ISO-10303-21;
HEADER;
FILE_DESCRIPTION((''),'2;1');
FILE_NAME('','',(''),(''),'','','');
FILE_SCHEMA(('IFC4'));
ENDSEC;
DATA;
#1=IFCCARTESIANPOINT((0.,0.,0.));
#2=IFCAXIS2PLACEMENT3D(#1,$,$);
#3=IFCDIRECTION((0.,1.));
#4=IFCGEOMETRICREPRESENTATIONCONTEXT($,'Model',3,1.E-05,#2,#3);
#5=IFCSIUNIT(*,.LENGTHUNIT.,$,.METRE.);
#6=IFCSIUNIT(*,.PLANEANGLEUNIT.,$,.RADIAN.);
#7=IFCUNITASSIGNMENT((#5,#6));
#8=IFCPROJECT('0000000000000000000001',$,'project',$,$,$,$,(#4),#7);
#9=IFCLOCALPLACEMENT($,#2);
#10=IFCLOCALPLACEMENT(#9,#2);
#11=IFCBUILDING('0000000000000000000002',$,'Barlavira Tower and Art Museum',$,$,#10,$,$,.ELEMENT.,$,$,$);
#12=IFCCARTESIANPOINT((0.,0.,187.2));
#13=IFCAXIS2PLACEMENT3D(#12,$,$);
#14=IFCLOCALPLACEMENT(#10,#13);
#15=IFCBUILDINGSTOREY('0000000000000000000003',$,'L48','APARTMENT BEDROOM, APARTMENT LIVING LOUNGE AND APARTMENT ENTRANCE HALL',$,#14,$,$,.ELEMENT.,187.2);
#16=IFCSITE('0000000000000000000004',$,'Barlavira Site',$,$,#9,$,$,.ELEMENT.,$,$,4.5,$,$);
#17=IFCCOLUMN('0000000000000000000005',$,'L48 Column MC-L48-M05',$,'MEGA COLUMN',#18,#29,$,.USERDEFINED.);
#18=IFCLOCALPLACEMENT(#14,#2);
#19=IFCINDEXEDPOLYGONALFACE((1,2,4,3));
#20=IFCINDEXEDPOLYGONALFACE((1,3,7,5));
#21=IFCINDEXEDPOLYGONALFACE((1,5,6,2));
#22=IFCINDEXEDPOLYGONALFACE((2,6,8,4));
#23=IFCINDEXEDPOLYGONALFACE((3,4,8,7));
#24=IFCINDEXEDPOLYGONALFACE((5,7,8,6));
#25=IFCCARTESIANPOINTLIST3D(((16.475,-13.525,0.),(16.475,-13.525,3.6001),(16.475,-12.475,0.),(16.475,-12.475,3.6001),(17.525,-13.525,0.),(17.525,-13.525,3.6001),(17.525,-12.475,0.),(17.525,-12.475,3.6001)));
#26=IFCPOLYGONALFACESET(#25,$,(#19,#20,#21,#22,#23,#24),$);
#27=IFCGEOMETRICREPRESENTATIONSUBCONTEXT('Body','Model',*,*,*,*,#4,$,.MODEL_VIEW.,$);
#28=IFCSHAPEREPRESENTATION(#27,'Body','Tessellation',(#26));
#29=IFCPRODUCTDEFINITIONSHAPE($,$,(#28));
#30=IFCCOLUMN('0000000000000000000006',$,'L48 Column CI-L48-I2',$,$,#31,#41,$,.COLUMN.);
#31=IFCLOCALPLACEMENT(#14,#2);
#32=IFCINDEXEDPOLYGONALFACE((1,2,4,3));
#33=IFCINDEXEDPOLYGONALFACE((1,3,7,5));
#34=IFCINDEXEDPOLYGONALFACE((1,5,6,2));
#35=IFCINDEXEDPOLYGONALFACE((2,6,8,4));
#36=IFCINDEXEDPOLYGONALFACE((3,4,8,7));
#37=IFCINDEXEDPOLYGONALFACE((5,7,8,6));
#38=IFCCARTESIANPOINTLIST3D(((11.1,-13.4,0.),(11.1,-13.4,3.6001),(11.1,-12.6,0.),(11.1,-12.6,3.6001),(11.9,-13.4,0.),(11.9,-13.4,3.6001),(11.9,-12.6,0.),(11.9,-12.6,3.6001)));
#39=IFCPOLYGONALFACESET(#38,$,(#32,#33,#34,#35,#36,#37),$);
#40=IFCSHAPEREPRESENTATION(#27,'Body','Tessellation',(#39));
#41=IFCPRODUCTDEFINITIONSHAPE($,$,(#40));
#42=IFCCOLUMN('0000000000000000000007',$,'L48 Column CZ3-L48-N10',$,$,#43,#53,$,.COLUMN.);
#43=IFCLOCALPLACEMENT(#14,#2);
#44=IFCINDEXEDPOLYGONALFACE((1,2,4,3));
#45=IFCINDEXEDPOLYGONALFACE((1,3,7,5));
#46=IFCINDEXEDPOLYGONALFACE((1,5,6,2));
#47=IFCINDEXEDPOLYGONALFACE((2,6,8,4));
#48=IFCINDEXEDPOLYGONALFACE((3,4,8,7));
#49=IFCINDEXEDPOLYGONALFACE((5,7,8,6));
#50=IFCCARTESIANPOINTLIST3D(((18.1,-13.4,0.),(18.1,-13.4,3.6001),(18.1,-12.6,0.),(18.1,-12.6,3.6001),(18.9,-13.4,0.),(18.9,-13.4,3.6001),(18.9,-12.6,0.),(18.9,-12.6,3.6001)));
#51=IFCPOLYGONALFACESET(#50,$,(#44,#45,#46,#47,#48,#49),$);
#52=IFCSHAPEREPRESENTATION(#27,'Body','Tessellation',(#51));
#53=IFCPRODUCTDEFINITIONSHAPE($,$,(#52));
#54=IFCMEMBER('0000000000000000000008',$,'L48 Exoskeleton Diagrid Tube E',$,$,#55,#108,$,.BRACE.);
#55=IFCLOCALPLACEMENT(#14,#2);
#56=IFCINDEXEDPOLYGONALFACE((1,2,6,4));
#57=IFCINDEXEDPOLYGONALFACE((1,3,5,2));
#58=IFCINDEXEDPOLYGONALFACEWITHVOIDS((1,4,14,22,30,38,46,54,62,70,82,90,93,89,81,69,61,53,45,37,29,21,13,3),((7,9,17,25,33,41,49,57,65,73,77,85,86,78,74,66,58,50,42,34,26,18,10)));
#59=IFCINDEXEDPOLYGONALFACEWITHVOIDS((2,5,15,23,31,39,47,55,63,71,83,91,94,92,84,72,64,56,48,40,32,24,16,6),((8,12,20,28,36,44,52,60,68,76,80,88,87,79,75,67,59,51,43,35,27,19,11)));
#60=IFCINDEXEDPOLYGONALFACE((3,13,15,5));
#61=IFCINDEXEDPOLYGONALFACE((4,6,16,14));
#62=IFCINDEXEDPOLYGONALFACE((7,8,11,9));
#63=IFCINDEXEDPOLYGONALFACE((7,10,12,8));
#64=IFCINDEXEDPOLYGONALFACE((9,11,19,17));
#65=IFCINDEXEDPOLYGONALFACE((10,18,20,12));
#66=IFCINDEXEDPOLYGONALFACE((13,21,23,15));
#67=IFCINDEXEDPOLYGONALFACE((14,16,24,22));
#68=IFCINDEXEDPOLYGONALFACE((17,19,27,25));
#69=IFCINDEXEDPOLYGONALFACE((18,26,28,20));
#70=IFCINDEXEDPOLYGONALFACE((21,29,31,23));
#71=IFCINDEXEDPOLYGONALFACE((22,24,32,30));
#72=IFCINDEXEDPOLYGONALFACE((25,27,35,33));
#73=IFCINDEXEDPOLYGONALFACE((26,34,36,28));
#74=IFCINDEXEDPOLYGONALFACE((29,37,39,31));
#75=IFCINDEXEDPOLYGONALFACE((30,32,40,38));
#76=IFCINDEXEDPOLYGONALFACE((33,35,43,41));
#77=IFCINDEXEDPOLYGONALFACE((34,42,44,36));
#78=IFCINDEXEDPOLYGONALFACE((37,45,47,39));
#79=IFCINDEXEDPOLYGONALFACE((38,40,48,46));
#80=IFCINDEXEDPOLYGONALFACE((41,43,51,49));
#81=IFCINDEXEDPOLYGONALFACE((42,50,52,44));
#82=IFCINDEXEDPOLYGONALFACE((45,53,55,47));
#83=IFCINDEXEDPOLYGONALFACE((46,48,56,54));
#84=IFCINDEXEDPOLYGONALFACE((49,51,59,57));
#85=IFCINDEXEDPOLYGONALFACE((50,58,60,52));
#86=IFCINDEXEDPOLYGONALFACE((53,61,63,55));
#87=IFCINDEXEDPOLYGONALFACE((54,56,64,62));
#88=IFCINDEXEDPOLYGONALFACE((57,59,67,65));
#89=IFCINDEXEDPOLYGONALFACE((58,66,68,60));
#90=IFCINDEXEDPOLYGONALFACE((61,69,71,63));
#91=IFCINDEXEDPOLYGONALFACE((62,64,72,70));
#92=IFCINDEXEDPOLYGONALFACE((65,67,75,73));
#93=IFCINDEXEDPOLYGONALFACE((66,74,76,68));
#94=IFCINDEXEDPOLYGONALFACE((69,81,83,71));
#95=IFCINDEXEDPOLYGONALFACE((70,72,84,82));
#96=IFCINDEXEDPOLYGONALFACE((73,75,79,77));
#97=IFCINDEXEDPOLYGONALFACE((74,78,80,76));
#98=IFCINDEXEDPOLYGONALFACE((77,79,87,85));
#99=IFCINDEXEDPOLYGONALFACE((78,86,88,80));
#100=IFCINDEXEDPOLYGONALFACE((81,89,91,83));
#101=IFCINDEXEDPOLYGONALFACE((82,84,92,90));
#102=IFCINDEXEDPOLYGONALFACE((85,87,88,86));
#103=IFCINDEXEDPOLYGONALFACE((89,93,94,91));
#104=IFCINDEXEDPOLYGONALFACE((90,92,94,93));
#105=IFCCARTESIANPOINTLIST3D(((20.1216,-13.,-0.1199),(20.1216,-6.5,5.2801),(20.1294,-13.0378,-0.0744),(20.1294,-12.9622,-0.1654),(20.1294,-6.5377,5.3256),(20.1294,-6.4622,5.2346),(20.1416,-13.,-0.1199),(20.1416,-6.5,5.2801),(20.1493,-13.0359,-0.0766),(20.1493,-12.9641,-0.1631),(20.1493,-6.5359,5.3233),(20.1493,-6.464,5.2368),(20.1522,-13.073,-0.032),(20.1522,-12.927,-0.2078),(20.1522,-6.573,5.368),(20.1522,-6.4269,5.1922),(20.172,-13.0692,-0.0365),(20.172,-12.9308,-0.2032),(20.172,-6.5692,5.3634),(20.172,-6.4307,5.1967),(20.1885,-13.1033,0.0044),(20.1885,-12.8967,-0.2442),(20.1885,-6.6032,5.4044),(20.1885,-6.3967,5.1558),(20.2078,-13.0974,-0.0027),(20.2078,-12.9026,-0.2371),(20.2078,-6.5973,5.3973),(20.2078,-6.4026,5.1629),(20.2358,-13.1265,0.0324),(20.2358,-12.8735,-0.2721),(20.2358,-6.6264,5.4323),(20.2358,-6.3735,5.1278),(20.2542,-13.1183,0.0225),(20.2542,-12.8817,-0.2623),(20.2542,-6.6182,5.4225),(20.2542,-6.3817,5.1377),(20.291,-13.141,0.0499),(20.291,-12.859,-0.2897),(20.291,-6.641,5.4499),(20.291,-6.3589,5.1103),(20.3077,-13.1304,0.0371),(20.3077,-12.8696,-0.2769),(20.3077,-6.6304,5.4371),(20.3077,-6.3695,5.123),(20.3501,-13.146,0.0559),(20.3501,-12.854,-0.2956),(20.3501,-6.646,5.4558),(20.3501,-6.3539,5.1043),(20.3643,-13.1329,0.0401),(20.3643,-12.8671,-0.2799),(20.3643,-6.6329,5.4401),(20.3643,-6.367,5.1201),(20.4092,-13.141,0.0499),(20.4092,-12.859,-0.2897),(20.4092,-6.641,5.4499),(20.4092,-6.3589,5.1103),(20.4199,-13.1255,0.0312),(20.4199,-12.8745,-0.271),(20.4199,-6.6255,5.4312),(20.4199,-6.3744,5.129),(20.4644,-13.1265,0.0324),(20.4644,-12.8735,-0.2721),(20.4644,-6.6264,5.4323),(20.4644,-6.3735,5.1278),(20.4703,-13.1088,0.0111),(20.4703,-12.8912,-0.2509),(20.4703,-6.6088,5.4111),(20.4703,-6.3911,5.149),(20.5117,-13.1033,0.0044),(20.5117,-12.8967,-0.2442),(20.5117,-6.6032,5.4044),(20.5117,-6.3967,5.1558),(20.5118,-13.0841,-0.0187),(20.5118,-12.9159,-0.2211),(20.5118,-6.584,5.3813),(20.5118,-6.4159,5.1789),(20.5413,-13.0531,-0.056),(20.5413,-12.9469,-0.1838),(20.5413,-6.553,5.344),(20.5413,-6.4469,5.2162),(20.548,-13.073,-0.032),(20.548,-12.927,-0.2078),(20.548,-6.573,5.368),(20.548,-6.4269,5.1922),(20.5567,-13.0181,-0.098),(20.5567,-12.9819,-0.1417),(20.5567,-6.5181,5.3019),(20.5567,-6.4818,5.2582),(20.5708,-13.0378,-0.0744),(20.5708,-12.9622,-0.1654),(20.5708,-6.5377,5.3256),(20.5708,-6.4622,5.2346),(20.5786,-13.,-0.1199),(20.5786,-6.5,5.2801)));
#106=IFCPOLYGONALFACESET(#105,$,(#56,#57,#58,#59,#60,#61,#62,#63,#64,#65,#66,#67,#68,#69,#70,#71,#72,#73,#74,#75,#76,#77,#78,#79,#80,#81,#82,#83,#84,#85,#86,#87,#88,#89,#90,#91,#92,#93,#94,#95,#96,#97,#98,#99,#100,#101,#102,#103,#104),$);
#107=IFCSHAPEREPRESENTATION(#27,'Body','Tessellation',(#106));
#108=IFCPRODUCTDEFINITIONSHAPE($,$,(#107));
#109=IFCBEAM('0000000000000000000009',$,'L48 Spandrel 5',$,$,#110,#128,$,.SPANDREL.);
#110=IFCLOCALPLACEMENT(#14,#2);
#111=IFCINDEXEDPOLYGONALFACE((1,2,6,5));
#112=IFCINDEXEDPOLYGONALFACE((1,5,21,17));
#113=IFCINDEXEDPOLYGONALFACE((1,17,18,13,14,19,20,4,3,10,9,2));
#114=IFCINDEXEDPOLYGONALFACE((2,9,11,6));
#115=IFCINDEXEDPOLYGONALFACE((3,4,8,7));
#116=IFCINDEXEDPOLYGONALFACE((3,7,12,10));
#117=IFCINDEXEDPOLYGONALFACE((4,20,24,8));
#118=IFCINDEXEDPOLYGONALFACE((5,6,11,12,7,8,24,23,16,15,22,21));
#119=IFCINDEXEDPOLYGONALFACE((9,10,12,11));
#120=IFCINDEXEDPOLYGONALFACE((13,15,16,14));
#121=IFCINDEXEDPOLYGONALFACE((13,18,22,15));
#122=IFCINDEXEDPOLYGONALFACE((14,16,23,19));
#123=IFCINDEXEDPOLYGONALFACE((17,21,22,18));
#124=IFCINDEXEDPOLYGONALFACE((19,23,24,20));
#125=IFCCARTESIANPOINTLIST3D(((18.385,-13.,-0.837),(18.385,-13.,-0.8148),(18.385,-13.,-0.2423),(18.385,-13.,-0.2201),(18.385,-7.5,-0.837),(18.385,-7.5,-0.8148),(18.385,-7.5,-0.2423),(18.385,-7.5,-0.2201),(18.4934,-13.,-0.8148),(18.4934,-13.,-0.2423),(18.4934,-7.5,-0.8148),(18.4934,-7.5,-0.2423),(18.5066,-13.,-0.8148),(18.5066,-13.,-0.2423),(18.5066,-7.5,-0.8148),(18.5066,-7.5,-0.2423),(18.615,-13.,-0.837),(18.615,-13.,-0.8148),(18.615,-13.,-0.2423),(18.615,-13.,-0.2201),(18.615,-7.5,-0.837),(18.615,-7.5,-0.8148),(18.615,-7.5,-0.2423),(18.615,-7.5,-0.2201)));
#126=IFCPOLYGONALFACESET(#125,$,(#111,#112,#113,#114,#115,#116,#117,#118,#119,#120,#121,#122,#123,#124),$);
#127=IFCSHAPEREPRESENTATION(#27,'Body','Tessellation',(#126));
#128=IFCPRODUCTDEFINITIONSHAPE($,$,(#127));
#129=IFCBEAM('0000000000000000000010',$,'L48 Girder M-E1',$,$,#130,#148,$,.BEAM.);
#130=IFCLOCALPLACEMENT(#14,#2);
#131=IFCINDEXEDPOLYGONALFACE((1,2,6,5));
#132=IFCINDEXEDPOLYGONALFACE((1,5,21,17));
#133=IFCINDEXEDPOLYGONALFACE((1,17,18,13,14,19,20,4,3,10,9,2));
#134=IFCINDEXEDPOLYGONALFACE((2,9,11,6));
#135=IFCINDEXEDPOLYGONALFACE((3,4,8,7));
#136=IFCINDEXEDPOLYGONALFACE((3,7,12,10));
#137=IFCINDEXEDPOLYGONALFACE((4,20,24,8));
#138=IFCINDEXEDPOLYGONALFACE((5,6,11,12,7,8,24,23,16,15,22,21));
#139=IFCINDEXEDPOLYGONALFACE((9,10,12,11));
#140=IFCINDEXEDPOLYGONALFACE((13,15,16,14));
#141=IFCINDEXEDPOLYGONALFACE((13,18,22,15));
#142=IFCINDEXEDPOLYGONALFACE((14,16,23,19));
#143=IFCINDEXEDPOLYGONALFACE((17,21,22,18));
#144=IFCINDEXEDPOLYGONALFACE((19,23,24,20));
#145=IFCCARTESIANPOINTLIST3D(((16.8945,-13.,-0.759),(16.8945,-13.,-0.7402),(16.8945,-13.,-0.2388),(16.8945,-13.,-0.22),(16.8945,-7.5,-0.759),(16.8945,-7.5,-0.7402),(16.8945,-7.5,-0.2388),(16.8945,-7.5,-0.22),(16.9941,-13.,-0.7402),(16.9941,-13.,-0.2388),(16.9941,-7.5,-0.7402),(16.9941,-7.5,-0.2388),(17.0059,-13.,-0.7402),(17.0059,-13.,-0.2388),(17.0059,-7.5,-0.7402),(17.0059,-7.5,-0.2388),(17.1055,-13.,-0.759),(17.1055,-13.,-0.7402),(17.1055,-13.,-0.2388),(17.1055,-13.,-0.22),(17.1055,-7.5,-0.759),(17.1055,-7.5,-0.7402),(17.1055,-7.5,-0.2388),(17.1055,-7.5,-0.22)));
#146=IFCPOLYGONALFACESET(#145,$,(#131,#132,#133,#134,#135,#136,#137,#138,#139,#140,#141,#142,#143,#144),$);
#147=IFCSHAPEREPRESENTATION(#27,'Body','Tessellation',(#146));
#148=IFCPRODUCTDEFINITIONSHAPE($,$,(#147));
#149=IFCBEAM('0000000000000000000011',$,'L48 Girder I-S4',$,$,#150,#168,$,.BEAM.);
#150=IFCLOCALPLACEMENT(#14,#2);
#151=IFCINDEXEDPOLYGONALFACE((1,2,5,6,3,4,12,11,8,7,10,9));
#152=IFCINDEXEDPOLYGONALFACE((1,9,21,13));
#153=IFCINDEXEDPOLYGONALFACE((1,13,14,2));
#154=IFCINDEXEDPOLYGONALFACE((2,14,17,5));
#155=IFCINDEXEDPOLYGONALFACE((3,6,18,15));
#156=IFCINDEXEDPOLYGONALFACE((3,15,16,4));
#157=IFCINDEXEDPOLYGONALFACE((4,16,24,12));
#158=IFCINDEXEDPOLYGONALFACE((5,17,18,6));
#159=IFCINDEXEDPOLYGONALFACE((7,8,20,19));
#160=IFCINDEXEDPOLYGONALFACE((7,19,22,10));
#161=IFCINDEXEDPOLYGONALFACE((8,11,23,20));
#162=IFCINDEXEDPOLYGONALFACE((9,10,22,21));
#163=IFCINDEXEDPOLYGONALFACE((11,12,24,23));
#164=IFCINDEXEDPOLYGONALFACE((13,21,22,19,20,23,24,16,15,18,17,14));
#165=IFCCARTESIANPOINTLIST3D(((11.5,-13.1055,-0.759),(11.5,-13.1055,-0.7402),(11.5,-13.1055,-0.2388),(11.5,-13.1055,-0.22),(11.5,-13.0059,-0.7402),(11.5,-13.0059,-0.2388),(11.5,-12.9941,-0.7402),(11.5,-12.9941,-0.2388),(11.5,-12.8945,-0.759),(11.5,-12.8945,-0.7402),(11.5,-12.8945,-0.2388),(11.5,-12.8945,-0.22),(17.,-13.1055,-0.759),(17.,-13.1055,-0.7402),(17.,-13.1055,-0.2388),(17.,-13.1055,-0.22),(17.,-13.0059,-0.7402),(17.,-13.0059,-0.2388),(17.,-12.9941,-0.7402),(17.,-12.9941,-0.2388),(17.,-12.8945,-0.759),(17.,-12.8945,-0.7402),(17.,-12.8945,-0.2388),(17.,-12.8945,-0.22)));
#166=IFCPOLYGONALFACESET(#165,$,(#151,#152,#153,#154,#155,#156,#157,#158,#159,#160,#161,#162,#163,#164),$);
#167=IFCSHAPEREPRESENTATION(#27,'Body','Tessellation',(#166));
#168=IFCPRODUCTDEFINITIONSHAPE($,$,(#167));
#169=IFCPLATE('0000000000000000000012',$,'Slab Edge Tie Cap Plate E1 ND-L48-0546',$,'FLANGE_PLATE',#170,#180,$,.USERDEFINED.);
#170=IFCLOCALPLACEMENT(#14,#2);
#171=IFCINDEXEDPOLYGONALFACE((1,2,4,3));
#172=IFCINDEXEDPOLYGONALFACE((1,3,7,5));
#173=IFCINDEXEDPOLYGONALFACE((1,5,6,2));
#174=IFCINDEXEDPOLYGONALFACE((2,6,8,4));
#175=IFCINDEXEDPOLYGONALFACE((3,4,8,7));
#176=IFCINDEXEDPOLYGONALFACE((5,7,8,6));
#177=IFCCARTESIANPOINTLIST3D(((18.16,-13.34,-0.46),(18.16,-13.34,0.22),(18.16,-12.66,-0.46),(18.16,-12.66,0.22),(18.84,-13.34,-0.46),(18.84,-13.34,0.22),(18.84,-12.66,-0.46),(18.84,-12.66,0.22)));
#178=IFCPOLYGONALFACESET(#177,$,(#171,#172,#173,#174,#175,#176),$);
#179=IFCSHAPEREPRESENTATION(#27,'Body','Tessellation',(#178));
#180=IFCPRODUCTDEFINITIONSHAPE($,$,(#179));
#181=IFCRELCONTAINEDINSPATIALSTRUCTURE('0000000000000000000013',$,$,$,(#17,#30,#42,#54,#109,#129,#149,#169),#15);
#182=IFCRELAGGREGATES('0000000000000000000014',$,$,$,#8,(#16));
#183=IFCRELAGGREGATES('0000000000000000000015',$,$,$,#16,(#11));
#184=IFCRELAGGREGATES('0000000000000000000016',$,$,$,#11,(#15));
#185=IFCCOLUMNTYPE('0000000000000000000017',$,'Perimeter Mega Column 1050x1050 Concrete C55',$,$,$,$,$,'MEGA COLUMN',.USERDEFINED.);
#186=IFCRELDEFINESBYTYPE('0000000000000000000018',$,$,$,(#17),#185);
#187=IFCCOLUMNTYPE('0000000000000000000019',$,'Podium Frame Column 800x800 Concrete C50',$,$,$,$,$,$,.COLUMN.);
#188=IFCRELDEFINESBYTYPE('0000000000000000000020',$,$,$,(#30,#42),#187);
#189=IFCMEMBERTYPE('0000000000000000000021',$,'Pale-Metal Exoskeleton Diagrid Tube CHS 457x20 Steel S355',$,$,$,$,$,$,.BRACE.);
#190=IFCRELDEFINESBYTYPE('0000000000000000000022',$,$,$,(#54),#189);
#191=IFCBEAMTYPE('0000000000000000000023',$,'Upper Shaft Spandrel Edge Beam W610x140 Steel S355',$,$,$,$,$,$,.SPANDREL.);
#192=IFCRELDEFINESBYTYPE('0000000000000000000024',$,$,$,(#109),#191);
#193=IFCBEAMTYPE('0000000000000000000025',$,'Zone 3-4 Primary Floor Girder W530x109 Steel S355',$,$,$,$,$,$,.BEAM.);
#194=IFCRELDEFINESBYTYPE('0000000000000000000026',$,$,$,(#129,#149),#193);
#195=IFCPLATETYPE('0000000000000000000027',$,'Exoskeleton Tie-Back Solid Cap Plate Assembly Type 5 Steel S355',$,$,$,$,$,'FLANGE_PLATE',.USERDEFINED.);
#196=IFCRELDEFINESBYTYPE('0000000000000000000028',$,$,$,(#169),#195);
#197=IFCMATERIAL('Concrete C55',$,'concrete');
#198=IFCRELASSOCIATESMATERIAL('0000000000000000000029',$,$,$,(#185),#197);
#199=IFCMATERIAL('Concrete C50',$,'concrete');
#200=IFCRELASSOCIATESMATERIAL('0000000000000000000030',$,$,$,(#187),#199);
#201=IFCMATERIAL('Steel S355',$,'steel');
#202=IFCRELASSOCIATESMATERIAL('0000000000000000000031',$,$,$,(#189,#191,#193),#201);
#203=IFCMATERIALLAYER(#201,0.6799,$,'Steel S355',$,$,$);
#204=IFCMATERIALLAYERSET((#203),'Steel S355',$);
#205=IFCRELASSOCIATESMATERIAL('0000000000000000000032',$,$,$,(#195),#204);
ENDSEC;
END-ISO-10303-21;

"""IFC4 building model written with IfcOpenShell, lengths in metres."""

from ifc_helpers import new_model, si_unit, direction, frame, origin, origin_2d, place, context, subcontext, project, spatial, rectangle, hollow_circle, i_section, extrude, material, layer, layer_set, material_profile, profile_set, type_object, element, save


model = new_model("IFC4")

# Units and contexts
model_context = context("Model", 3, precision=1e-05, world=origin(), true_north=direction((0.0, 1.0)))
body_context = subcontext(model_context, "Body", "Model", "MODEL_VIEW")
ifc_project = project(units=[si_unit("LENGTHUNIT", "METRE"), si_unit("PLANEANGLEUNIT", "RADIAN")], contexts=[model_context])

# Site, building, storey
site_placement = place(None, origin())
site = spatial("IfcSite", under=ifc_project, at=site_placement, Name="Barlavira Site", CompositionType="ELEMENT", RefElevation=4.5)
building_placement = place(site_placement, origin())
building = spatial("IfcBuilding", under=site, at=building_placement, Name="Barlavira Tower and Art Museum", CompositionType="ELEMENT")
storey_placement = place(building_placement, frame((0.0, 0.0, 187.2)))
storey = spatial("IfcBuildingStorey", under=building, at=storey_placement, Name="L48", Description="APARTMENT BEDROOM, APARTMENT LIVING LOUNGE AND APARTMENT ENTRANCE HALL", CompositionType="ELEMENT", Elevation=187.2)

# Columns
ifc_material_1 = material(Name="Concrete C55", Category="concrete")
ifc_material_profile_1 = material_profile(ifc_material_1, rectangle(XDim=1.05, YDim=1.05, at=origin_2d()), Name="RC-COL 1050x1050")
ifc_profile_set_1 = profile_set([ifc_material_profile_1], Name="Concrete C55")
column_type_1 = type_object("IfcColumnType", Name="Perimeter Mega Column 1050x1050 Concrete C55", ElementType="MEGA COLUMN", PredefinedType="USERDEFINED", material=ifc_profile_set_1)
column_placement = place(storey_placement, frame((17.0, -13.0, 0.0), z_axis=(0.0, 0.0, 1.0), x_axis=(1.0, 0.0, 0.0)))
element("IfcColumn", 1, at=column_placement, inside=storey, type_object=column_type_1, Name="L48 Column MC-L48-M05", ObjectType="MEGA COLUMN", PredefinedType="USERDEFINED", context=body_context, shape_type="SweptSolid", body=[
    extrude(rectangle(XDim=1.05, YDim=1.05, at=origin_2d()), origin(), (0.0, 0.0, 1.0), 3.6001),
])
ifc_material_2 = material(Name="Concrete C50", Category="concrete")
ifc_material_profile_2 = material_profile(ifc_material_2, rectangle(XDim=0.8, YDim=0.8, at=origin_2d()), Name="RC-COL 800x800")
ifc_profile_set_2 = profile_set([ifc_material_profile_2], Name="Concrete C50")
column_type_2 = type_object("IfcColumnType", Name="Podium Frame Column 800x800 Concrete C50", PredefinedType="COLUMN", material=ifc_profile_set_2)
for number, where, z_axis, x_axis, name in (
    (2, (11.5, -13.0, 0.0), (0.0, 0.0, 1.0), (1.0, 0.0, 0.0), "L48 Column CI-L48-I2"),
    (3, (18.5, -13.0, 0.0), (0.0, 0.0, 1.0), (1.0, 0.0, 0.0), "L48 Column CZ3-L48-N10"),
):
    element("IfcColumn", number, at=place(storey_placement, frame(where, z_axis=z_axis, x_axis=x_axis)), inside=storey, type_object=column_type_2, Name=name, PredefinedType="COLUMN", context=body_context, shape_type="SweptSolid", body=[
        extrude(rectangle(XDim=0.8, YDim=0.8, at=origin_2d()), origin(), (0.0, 0.0, 1.0), 3.6001),
    ])

# Member
ifc_material_3 = material(Name="Steel S355", Category="steel")
ifc_material_profile_3 = material_profile(ifc_material_3, hollow_circle(Radius=0.2285, WallThickness=0.02, at=origin_2d()), Name="CHS 457.0x20.0")
ifc_profile_set_3 = profile_set([ifc_material_profile_3], Name="Steel S355")
member_type = type_object("IfcMemberType", Name="Pale-Metal Exoskeleton Diagrid Tube CHS 457x20 Steel S355", PredefinedType="BRACE", material=ifc_profile_set_3)
member_placement = place(storey_placement, frame((20.3501, -13.0, -0.1199), z_axis=(0.0, 0.769196, 0.639013), x_axis=(-1.0, 0.0, 0.0)))
element("IfcMember", 4, at=member_placement, inside=storey, type_object=member_type, Name="L48 Exoskeleton Diagrid Tube E", PredefinedType="BRACE", context=body_context, shape_type="SweptSolid", body=[
    extrude(hollow_circle(Radius=0.2285, WallThickness=0.02, at=origin_2d()), origin(), (0.0, 0.0, 1.0), 8.4504),
])

# Beams
ifc_material_profile_4 = material_profile(ifc_material_3, i_section(OverallWidth=0.23, OverallDepth=0.6169, WebThickness=0.0132, FlangeThickness=0.0222, at=origin_2d()), Name="W610x140.0")
ifc_profile_set_4 = profile_set([ifc_material_profile_4], Name="Steel S355")
beam_type_1 = type_object("IfcBeamType", Name="Upper Shaft Spandrel Edge Beam W610x140 Steel S355", PredefinedType="SPANDREL", material=ifc_profile_set_4)
beam_placement = place(storey_placement, frame((18.5, -13.0, -0.5286), z_axis=(0.0, 1.0, 0.0), x_axis=(-1.0, 0.0, 0.0)))
element("IfcBeam", 5, at=beam_placement, inside=storey, type_object=beam_type_1, Name="L48 Spandrel 5", PredefinedType="SPANDREL", context=body_context, shape_type="SweptSolid", body=[
    extrude(i_section(OverallWidth=0.23, OverallDepth=0.6169, WebThickness=0.0132, FlangeThickness=0.0222, at=origin_2d()), origin(), (0.0, 0.0, 1.0), 5.5),
])
ifc_material_profile_5 = material_profile(ifc_material_3, i_section(OverallWidth=0.2109, OverallDepth=0.5391, WebThickness=0.0117, FlangeThickness=0.0188, at=origin_2d()), Name="W530x109.0")
ifc_profile_set_5 = profile_set([ifc_material_profile_5], Name="Steel S355")
beam_type_2 = type_object("IfcBeamType", Name="Zone 3-4 Primary Floor Girder W530x109 Steel S355", PredefinedType="BEAM", material=ifc_profile_set_5)
for number, where, z_axis, x_axis, name in (
    (6, (17.0, -13.0, -0.4895), (0.0, 1.0, 0.0), (-1.0, 0.0, 0.0), "L48 Girder M-E1"),
    (7, (11.5, -13.0, -0.4895), (1.0, 0.0, 0.0), (0.0, 1.0, 0.0), "L48 Girder I-S4"),
):
    element("IfcBeam", number, at=place(storey_placement, frame(where, z_axis=z_axis, x_axis=x_axis)), inside=storey, type_object=beam_type_2, Name=name, PredefinedType="BEAM", context=body_context, shape_type="SweptSolid", body=[
        extrude(i_section(OverallWidth=0.2109, OverallDepth=0.5391, WebThickness=0.0117, FlangeThickness=0.0188, at=origin_2d()), origin(), (0.0, 0.0, 1.0), 5.5),
    ])

# Plate
ifc_layer_1 = layer(ifc_material_3, 0.6799, Name="Steel S355")
ifc_layer_set_1 = layer_set([ifc_layer_1], Name="Steel S355")
plate_type = type_object("IfcPlateType", Name="Exoskeleton Tie-Back Solid Cap Plate Assembly Type 5 Steel S355", ElementType="FLANGE_PLATE", PredefinedType="USERDEFINED", material=ifc_layer_set_1)
plate_placement = place(storey_placement, frame((18.5, -13.0, -0.46), z_axis=(0.0, 0.0, 1.0), x_axis=(1.0, 0.0, 0.0)))
element("IfcPlate", 8, at=plate_placement, inside=storey, type_object=plate_type, Name="Slab Edge Tie Cap Plate E1 ND-L48-0546", ObjectType="FLANGE_PLATE", PredefinedType="USERDEFINED", context=body_context, shape_type="SweptSolid", body=[
    extrude(rectangle(XDim=0.6799, YDim=0.6799, at=origin_2d()), origin(), (0.0, 0.0, 1.0), 0.6799),
])

save(model, "model.ifc")
